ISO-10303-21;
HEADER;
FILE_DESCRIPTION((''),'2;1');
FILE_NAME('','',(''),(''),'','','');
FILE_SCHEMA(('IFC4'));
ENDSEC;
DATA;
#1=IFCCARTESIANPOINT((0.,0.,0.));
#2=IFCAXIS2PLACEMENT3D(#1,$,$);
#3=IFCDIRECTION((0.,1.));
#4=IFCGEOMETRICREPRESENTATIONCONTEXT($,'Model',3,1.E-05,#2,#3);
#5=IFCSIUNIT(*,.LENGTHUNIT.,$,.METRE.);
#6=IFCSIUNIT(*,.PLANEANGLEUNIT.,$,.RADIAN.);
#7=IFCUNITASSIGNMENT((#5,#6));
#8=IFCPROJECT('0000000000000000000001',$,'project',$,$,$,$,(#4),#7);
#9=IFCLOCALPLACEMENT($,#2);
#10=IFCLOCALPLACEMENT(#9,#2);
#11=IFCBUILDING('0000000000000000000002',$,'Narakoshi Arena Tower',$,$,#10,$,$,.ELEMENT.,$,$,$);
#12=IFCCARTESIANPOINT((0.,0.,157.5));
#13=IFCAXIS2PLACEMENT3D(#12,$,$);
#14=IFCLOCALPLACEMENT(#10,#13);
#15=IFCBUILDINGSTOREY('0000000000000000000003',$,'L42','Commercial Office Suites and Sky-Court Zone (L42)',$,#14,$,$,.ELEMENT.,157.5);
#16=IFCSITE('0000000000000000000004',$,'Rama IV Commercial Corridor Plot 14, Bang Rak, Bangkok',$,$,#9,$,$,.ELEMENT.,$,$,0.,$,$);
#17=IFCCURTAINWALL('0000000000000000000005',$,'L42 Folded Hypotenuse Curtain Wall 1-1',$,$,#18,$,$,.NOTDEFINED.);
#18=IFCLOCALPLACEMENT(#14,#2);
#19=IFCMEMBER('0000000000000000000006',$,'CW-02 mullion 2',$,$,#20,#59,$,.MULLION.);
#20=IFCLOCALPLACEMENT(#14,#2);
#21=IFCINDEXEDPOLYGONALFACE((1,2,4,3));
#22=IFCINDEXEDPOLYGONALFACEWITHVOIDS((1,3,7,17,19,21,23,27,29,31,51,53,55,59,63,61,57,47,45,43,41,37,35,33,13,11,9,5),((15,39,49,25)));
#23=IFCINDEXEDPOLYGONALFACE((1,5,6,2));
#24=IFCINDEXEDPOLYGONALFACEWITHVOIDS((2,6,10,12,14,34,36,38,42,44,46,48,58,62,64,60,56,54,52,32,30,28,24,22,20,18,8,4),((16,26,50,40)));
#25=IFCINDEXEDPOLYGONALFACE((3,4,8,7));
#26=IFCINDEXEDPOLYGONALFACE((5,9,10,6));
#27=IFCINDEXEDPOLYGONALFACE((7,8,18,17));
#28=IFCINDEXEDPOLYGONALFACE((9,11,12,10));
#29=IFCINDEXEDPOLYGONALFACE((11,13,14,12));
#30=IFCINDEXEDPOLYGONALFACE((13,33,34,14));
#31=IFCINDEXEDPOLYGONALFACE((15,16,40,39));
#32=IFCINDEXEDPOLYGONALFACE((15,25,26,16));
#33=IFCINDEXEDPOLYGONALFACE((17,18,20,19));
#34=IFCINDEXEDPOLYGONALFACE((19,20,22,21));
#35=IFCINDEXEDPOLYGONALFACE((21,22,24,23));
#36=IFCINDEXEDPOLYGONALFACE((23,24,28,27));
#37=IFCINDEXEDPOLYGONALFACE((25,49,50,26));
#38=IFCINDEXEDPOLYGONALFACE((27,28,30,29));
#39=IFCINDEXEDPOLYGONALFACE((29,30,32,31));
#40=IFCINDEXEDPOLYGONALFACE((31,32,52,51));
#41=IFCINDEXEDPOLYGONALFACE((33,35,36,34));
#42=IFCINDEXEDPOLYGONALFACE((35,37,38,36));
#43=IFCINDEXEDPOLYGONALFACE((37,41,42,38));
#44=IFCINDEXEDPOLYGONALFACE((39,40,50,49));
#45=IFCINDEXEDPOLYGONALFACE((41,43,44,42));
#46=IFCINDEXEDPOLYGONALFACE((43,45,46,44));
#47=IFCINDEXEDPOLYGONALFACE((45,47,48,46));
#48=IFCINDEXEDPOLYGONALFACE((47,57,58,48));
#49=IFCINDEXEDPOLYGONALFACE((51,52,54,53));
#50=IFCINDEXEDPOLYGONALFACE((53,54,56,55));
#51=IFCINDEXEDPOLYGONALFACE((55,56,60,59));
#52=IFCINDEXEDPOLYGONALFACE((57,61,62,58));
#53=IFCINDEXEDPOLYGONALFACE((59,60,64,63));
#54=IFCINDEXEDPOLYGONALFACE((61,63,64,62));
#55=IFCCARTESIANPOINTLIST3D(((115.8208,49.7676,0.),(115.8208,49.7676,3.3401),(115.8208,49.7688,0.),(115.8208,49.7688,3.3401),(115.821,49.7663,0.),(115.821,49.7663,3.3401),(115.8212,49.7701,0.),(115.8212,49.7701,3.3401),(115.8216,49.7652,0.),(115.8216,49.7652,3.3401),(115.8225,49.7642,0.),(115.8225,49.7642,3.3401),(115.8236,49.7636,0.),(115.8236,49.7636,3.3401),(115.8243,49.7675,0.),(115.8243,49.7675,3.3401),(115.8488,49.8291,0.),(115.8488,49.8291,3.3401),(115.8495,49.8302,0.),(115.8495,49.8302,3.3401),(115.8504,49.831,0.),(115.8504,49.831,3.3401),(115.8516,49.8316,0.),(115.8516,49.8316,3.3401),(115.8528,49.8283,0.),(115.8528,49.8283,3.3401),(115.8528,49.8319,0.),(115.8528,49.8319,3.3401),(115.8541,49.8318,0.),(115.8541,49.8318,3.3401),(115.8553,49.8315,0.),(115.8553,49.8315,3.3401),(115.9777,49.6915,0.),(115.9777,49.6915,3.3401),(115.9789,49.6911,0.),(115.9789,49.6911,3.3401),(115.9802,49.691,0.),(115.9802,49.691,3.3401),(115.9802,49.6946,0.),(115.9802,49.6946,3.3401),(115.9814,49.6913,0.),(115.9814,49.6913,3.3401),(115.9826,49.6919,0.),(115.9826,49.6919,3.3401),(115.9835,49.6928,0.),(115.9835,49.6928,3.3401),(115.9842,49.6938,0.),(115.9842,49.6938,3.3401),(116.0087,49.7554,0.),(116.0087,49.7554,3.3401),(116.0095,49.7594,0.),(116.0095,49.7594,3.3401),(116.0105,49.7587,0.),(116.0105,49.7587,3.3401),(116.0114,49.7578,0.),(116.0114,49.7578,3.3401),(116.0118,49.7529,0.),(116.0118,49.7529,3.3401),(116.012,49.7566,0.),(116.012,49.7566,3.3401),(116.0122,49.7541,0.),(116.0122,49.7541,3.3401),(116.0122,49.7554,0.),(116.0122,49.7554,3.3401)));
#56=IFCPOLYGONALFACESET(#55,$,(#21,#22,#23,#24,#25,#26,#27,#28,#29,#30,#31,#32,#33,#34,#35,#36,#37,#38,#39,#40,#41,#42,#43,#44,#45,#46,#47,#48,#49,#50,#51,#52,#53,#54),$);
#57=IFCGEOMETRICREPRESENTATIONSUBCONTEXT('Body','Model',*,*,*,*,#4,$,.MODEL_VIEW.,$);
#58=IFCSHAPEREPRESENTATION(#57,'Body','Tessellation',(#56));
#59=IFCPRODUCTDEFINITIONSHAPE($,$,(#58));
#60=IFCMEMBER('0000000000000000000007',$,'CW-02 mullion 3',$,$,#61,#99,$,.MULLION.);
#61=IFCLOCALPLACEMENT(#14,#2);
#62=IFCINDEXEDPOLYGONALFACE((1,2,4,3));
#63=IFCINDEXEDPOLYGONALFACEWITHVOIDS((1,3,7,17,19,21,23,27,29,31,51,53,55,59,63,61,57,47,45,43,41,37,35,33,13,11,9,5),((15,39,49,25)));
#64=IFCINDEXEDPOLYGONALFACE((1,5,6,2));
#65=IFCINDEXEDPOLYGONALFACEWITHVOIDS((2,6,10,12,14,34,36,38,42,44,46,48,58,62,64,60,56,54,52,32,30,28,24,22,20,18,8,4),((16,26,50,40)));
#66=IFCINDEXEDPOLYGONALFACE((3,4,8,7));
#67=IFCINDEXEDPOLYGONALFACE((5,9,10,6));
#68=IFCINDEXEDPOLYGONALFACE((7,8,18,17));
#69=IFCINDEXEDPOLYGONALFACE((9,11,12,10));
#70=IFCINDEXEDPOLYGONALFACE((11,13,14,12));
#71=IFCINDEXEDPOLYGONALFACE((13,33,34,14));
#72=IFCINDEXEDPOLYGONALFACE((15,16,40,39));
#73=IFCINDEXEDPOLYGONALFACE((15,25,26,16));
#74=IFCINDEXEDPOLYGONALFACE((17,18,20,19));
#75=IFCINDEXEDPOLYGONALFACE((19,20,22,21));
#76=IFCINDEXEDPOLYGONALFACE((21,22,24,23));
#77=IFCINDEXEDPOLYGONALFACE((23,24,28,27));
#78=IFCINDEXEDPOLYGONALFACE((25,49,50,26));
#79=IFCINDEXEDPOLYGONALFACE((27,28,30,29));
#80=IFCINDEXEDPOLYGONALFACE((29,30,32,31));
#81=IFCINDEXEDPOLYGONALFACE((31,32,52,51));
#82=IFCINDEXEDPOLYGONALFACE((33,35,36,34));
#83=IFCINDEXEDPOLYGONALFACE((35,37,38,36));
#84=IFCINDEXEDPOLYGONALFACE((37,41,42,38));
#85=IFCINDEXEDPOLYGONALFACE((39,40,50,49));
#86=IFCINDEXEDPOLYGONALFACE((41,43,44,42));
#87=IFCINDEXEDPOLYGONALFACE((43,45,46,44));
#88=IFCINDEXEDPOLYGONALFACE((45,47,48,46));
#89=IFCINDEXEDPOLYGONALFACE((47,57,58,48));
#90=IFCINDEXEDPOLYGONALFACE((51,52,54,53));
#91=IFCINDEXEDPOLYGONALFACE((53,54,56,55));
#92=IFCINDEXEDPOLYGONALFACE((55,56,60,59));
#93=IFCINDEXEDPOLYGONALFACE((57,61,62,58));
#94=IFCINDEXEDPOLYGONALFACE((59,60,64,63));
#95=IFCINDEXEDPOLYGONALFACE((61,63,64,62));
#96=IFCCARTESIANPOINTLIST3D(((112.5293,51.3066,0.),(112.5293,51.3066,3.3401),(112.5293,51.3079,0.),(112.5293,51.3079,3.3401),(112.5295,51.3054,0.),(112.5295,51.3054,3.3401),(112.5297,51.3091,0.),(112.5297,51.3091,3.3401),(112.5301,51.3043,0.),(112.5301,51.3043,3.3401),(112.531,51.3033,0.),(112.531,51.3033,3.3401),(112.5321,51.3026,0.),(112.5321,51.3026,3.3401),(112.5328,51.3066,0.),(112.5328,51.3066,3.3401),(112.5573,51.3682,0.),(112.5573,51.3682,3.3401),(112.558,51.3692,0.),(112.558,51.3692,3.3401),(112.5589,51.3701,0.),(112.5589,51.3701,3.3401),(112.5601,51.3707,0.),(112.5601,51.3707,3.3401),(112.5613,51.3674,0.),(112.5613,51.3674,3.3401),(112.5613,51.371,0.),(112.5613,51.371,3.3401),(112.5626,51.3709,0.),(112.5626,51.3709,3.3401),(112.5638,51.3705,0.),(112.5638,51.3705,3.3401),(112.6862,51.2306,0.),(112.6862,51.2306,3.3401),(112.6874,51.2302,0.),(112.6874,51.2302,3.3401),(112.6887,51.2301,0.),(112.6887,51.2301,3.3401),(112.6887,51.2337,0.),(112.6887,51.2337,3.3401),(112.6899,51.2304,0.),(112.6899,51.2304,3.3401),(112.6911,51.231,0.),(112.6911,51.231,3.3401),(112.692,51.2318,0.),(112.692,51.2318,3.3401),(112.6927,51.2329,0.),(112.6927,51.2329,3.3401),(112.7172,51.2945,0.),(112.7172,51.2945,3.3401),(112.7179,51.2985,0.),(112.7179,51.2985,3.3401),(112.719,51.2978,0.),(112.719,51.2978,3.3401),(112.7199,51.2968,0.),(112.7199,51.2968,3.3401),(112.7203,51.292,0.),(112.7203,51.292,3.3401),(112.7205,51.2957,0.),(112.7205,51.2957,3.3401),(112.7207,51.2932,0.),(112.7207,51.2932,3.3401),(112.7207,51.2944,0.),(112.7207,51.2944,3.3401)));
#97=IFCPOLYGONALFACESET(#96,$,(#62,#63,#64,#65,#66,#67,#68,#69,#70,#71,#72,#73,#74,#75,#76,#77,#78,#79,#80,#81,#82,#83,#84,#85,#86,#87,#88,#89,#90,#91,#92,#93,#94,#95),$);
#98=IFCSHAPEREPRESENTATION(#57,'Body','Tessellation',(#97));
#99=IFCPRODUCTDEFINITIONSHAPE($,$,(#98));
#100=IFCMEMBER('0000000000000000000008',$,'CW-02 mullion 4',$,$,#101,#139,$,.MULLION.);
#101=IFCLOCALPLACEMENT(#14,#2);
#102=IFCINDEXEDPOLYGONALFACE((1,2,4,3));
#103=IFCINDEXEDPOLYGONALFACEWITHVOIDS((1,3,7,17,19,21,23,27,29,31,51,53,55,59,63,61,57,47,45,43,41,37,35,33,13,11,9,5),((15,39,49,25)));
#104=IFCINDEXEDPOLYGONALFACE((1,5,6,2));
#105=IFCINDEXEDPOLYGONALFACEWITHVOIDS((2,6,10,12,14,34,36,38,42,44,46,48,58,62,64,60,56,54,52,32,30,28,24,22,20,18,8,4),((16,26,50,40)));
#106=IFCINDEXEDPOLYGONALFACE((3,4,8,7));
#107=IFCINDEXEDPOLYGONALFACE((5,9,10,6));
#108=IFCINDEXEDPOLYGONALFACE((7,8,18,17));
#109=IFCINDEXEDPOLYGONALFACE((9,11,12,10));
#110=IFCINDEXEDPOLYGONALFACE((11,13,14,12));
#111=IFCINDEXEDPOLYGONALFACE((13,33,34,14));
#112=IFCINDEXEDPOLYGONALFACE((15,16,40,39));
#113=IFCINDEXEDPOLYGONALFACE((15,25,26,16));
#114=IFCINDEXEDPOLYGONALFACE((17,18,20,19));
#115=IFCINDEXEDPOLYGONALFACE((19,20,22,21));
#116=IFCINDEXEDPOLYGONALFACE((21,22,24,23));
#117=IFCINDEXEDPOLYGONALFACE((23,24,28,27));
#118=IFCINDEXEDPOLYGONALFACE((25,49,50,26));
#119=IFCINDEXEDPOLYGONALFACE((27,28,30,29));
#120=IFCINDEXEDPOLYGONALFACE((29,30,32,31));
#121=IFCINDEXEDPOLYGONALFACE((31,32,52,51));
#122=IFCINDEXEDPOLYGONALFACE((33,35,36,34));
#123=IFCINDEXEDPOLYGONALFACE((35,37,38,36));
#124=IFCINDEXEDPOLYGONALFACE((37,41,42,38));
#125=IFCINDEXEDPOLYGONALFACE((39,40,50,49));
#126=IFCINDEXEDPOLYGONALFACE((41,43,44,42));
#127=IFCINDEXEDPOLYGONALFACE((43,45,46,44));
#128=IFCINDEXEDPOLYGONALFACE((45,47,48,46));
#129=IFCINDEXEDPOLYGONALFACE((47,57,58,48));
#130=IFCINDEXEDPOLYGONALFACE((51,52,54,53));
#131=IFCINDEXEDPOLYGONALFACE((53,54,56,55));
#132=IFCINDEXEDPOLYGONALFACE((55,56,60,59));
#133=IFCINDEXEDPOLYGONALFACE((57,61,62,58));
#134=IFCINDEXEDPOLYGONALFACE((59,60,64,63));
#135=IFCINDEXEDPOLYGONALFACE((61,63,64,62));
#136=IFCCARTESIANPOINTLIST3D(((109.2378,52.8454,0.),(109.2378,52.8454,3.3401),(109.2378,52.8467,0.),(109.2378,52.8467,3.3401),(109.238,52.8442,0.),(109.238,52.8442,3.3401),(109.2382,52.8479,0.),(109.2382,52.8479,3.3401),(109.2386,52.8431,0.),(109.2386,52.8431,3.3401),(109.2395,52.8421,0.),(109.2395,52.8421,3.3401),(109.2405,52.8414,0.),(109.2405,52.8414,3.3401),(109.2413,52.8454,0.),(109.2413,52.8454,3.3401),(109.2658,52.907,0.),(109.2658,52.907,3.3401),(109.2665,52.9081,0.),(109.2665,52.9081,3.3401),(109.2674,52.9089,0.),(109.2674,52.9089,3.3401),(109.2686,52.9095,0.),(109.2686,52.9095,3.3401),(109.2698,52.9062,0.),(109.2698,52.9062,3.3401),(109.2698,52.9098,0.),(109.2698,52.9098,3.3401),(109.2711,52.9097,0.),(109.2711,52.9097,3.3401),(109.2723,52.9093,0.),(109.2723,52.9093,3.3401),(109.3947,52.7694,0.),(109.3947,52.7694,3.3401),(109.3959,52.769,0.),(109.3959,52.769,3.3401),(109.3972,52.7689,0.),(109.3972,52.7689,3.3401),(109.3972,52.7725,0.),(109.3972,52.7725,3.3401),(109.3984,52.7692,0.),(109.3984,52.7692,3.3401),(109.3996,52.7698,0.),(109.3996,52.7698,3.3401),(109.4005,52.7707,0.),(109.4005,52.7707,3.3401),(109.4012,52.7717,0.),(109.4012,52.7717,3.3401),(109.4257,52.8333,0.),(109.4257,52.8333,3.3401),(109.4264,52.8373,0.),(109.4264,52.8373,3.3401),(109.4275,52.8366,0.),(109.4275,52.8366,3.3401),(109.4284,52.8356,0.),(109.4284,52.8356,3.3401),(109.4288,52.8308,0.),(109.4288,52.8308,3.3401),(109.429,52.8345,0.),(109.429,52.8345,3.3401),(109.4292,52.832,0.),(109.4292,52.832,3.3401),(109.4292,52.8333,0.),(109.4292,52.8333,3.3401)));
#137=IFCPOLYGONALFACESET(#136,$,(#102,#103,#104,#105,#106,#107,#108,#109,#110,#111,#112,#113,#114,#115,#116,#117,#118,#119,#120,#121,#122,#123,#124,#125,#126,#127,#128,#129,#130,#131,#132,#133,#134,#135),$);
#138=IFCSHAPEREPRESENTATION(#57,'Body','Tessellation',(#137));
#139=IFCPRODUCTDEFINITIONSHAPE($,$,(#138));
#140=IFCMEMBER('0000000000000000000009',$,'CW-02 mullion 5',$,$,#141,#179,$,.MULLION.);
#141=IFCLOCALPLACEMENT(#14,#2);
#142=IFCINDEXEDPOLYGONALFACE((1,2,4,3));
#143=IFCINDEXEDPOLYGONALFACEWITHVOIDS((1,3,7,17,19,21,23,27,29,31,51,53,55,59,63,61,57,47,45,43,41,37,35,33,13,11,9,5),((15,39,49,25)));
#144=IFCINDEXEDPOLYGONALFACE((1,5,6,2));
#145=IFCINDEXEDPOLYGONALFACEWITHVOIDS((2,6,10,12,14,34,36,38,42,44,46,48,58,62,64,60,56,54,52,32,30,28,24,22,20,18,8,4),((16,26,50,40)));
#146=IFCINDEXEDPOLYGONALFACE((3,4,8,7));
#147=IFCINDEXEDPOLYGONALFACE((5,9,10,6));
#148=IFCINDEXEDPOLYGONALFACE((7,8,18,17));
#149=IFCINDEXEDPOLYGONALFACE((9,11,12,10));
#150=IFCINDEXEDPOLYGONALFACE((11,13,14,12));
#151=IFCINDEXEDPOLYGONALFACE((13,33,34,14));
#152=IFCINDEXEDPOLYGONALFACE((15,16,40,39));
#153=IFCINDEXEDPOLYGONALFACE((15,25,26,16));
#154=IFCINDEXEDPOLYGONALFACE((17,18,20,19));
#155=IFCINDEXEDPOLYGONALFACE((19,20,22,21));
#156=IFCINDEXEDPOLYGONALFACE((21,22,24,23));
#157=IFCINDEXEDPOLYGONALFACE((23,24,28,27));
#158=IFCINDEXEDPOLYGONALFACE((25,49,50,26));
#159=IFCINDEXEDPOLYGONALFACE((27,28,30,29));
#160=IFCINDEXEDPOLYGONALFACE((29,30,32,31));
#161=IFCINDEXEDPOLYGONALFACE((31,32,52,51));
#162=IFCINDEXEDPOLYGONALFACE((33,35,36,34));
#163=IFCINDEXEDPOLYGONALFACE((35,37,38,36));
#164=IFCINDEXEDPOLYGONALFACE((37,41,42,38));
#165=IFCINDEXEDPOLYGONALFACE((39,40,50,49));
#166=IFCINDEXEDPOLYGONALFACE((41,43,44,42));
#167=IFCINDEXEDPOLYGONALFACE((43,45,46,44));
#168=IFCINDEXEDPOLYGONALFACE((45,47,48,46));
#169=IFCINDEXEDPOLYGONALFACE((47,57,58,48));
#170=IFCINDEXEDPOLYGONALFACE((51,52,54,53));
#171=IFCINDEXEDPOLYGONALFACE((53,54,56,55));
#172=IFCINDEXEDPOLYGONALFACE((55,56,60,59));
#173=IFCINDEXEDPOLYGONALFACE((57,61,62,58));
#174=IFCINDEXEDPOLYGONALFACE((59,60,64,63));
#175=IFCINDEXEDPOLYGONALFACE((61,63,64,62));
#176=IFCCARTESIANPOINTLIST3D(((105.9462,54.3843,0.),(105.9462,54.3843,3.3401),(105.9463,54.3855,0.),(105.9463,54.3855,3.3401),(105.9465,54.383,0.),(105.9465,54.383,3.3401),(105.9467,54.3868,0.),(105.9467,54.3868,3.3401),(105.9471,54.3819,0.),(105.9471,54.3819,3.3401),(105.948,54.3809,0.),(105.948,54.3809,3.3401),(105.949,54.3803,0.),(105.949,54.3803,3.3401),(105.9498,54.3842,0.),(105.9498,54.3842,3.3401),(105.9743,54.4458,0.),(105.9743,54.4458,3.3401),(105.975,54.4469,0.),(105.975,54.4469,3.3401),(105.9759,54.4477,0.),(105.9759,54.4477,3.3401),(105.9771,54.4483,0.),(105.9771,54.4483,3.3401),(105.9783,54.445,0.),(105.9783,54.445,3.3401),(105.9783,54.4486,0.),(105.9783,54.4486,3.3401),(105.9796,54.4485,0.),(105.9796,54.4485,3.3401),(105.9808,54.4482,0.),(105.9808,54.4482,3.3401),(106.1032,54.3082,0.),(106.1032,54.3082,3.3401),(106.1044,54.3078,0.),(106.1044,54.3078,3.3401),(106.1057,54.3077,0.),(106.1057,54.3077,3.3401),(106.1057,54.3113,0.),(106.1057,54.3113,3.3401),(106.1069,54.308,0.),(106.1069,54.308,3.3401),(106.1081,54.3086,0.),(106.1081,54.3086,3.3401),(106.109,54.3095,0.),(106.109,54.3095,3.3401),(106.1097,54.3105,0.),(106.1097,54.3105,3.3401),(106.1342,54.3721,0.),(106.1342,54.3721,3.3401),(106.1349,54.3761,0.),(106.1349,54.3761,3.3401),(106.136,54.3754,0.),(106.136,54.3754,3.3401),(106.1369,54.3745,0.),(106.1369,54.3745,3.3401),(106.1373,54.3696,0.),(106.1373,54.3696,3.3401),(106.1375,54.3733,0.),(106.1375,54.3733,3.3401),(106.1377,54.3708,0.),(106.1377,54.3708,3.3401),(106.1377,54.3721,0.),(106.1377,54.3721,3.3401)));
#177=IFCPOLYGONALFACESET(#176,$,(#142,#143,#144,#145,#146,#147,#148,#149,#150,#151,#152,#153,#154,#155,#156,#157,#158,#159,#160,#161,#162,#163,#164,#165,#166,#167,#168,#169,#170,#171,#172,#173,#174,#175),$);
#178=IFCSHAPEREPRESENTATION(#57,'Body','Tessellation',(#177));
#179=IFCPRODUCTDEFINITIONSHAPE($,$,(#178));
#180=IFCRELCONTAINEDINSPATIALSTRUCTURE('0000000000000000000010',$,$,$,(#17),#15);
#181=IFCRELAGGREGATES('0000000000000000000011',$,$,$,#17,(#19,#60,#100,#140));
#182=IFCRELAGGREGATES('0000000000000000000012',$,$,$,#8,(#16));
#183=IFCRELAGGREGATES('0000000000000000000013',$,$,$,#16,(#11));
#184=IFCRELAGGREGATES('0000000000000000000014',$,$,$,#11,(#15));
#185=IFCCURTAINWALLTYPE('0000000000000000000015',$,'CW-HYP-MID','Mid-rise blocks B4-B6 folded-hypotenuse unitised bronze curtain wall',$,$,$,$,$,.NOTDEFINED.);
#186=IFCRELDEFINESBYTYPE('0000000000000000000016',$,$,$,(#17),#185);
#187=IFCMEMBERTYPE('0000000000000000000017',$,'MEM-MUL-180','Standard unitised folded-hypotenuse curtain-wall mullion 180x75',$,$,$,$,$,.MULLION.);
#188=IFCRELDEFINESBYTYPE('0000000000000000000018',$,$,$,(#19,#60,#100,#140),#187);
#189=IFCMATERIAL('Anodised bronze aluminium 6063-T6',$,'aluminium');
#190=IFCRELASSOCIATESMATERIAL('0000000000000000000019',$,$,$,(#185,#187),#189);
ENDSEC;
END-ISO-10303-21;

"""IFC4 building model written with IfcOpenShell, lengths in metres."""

from ifc_helpers import new_model, si_unit, direction, frame, origin, origin_2d, place, context, subcontext, project, spatial, hollow_rectangle, extrude, material, material_profile, profile_set, type_object, element, aggregate, save


model = new_model("IFC4")

# Units and contexts
model_context = context("Model", 3, precision=1e-05, world=origin(), true_north=direction((0.0, 1.0)))
body_context = subcontext(model_context, "Body", "Model", "MODEL_VIEW")
ifc_project = project(units=[si_unit("LENGTHUNIT", "METRE"), si_unit("PLANEANGLEUNIT", "RADIAN")], contexts=[model_context])

# Site, building, storey
site_placement = place(None, origin())
site = spatial("IfcSite", under=ifc_project, at=site_placement, Name="Rama IV Commercial Corridor Plot 14, Bang Rak, Bangkok", CompositionType="ELEMENT", RefElevation=0.0)
building_placement = place(site_placement, origin())
building = spatial("IfcBuilding", under=site, at=building_placement, Name="Narakoshi Arena Tower", CompositionType="ELEMENT")
storey_placement = place(building_placement, frame((0.0, 0.0, 157.5)))
storey = spatial("IfcBuildingStorey", under=building, at=storey_placement, Name="L42", Description="Commercial Office Suites and Sky-Court Zone (L42)", CompositionType="ELEMENT", Elevation=157.5)

# Curtain wall, members
ifc_material_1 = material(Name="Anodised bronze aluminium 6063-T6", Category="aluminium")
curtain_wall_type = type_object("IfcCurtainWallType", Name="CW-HYP-MID", Description="Mid-rise blocks B4-B6 folded-hypotenuse unitised bronze curtain wall", PredefinedType="NOTDEFINED", material=ifc_material_1)
curtain_wall_placement = place(storey_placement, origin())
curtain_wall = element("IfcCurtainWall", 1, at=curtain_wall_placement, inside=storey, type_object=curtain_wall_type, Name="L42 Folded Hypotenuse Curtain Wall 1-1", PredefinedType="NOTDEFINED")
ifc_material_profile_1 = material_profile(ifc_material_1, hollow_rectangle(XDim=0.075, YDim=0.1799, WallThickness=0.0039, OuterFilletRadius=0.0049, at=origin_2d()), Name="MUL180x75x4")
ifc_profile_set_1 = profile_set([ifc_material_profile_1], Name="Anodised bronze aluminium 6063-T6")
member_type_1 = type_object("IfcMemberType", Name="MEM-MUL-180", Description="Standard unitised folded-hypotenuse curtain-wall mullion 180x75", PredefinedType="MULLION", material=ifc_profile_set_1)
member_1_placement = place(storey_placement, frame((115.9165, 49.7615, 0.0), z_axis=(0.0, 0.0, 1.0), x_axis=(-0.423532, -0.905881, 0.0)))
member_1 = element("IfcMember", 2, at=member_1_placement, type_object=member_type_1, Name="CW-02 mullion 2", PredefinedType="MULLION", context=body_context, shape_type="SweptSolid", body=[
    extrude(hollow_rectangle(XDim=0.075, YDim=0.1799, WallThickness=0.0039, OuterFilletRadius=0.0049, at=origin_2d()), origin(), (0.0, 0.0, 1.0), 3.3401),
])
member_2_placement = place(storey_placement, frame((112.625, 51.3005, 0.0), z_axis=(0.0, 0.0, 1.0), x_axis=(-0.423532, -0.905881, 0.0)))
member_2 = element("IfcMember", 3, at=member_2_placement, type_object=member_type_1, Name="CW-02 mullion 3", PredefinedType="MULLION", context=body_context, shape_type="SweptSolid", body=[
    extrude(hollow_rectangle(XDim=0.075, YDim=0.1799, WallThickness=0.0039, OuterFilletRadius=0.0049, at=origin_2d()), origin(), (0.0, 0.0, 1.0), 3.3401),
])
member_3_placement = place(storey_placement, frame((109.3335, 52.8394, 0.0), z_axis=(0.0, 0.0, 1.0), x_axis=(-0.423532, -0.905881, 0.0)))
member_3 = element("IfcMember", 4, at=member_3_placement, type_object=member_type_1, Name="CW-02 mullion 4", PredefinedType="MULLION", context=body_context, shape_type="SweptSolid", body=[
    extrude(hollow_rectangle(XDim=0.075, YDim=0.1799, WallThickness=0.0039, OuterFilletRadius=0.0049, at=origin_2d()), origin(), (0.0, 0.0, 1.0), 3.3401),
])
member_4_placement = place(storey_placement, frame((106.042, 54.3782, 0.0), z_axis=(0.0, 0.0, 1.0), x_axis=(-0.423532, -0.905881, 0.0)))
member_4 = element("IfcMember", 5, at=member_4_placement, type_object=member_type_1, Name="CW-02 mullion 5", PredefinedType="MULLION", context=body_context, shape_type="SweptSolid", body=[
    extrude(hollow_rectangle(XDim=0.075, YDim=0.1799, WallThickness=0.0039, OuterFilletRadius=0.0049, at=origin_2d()), origin(), (0.0, 0.0, 1.0), 3.3401),
])
aggregate(curtain_wall, [member_1, member_2, member_3, member_4])

save(model, "model.ifc")
